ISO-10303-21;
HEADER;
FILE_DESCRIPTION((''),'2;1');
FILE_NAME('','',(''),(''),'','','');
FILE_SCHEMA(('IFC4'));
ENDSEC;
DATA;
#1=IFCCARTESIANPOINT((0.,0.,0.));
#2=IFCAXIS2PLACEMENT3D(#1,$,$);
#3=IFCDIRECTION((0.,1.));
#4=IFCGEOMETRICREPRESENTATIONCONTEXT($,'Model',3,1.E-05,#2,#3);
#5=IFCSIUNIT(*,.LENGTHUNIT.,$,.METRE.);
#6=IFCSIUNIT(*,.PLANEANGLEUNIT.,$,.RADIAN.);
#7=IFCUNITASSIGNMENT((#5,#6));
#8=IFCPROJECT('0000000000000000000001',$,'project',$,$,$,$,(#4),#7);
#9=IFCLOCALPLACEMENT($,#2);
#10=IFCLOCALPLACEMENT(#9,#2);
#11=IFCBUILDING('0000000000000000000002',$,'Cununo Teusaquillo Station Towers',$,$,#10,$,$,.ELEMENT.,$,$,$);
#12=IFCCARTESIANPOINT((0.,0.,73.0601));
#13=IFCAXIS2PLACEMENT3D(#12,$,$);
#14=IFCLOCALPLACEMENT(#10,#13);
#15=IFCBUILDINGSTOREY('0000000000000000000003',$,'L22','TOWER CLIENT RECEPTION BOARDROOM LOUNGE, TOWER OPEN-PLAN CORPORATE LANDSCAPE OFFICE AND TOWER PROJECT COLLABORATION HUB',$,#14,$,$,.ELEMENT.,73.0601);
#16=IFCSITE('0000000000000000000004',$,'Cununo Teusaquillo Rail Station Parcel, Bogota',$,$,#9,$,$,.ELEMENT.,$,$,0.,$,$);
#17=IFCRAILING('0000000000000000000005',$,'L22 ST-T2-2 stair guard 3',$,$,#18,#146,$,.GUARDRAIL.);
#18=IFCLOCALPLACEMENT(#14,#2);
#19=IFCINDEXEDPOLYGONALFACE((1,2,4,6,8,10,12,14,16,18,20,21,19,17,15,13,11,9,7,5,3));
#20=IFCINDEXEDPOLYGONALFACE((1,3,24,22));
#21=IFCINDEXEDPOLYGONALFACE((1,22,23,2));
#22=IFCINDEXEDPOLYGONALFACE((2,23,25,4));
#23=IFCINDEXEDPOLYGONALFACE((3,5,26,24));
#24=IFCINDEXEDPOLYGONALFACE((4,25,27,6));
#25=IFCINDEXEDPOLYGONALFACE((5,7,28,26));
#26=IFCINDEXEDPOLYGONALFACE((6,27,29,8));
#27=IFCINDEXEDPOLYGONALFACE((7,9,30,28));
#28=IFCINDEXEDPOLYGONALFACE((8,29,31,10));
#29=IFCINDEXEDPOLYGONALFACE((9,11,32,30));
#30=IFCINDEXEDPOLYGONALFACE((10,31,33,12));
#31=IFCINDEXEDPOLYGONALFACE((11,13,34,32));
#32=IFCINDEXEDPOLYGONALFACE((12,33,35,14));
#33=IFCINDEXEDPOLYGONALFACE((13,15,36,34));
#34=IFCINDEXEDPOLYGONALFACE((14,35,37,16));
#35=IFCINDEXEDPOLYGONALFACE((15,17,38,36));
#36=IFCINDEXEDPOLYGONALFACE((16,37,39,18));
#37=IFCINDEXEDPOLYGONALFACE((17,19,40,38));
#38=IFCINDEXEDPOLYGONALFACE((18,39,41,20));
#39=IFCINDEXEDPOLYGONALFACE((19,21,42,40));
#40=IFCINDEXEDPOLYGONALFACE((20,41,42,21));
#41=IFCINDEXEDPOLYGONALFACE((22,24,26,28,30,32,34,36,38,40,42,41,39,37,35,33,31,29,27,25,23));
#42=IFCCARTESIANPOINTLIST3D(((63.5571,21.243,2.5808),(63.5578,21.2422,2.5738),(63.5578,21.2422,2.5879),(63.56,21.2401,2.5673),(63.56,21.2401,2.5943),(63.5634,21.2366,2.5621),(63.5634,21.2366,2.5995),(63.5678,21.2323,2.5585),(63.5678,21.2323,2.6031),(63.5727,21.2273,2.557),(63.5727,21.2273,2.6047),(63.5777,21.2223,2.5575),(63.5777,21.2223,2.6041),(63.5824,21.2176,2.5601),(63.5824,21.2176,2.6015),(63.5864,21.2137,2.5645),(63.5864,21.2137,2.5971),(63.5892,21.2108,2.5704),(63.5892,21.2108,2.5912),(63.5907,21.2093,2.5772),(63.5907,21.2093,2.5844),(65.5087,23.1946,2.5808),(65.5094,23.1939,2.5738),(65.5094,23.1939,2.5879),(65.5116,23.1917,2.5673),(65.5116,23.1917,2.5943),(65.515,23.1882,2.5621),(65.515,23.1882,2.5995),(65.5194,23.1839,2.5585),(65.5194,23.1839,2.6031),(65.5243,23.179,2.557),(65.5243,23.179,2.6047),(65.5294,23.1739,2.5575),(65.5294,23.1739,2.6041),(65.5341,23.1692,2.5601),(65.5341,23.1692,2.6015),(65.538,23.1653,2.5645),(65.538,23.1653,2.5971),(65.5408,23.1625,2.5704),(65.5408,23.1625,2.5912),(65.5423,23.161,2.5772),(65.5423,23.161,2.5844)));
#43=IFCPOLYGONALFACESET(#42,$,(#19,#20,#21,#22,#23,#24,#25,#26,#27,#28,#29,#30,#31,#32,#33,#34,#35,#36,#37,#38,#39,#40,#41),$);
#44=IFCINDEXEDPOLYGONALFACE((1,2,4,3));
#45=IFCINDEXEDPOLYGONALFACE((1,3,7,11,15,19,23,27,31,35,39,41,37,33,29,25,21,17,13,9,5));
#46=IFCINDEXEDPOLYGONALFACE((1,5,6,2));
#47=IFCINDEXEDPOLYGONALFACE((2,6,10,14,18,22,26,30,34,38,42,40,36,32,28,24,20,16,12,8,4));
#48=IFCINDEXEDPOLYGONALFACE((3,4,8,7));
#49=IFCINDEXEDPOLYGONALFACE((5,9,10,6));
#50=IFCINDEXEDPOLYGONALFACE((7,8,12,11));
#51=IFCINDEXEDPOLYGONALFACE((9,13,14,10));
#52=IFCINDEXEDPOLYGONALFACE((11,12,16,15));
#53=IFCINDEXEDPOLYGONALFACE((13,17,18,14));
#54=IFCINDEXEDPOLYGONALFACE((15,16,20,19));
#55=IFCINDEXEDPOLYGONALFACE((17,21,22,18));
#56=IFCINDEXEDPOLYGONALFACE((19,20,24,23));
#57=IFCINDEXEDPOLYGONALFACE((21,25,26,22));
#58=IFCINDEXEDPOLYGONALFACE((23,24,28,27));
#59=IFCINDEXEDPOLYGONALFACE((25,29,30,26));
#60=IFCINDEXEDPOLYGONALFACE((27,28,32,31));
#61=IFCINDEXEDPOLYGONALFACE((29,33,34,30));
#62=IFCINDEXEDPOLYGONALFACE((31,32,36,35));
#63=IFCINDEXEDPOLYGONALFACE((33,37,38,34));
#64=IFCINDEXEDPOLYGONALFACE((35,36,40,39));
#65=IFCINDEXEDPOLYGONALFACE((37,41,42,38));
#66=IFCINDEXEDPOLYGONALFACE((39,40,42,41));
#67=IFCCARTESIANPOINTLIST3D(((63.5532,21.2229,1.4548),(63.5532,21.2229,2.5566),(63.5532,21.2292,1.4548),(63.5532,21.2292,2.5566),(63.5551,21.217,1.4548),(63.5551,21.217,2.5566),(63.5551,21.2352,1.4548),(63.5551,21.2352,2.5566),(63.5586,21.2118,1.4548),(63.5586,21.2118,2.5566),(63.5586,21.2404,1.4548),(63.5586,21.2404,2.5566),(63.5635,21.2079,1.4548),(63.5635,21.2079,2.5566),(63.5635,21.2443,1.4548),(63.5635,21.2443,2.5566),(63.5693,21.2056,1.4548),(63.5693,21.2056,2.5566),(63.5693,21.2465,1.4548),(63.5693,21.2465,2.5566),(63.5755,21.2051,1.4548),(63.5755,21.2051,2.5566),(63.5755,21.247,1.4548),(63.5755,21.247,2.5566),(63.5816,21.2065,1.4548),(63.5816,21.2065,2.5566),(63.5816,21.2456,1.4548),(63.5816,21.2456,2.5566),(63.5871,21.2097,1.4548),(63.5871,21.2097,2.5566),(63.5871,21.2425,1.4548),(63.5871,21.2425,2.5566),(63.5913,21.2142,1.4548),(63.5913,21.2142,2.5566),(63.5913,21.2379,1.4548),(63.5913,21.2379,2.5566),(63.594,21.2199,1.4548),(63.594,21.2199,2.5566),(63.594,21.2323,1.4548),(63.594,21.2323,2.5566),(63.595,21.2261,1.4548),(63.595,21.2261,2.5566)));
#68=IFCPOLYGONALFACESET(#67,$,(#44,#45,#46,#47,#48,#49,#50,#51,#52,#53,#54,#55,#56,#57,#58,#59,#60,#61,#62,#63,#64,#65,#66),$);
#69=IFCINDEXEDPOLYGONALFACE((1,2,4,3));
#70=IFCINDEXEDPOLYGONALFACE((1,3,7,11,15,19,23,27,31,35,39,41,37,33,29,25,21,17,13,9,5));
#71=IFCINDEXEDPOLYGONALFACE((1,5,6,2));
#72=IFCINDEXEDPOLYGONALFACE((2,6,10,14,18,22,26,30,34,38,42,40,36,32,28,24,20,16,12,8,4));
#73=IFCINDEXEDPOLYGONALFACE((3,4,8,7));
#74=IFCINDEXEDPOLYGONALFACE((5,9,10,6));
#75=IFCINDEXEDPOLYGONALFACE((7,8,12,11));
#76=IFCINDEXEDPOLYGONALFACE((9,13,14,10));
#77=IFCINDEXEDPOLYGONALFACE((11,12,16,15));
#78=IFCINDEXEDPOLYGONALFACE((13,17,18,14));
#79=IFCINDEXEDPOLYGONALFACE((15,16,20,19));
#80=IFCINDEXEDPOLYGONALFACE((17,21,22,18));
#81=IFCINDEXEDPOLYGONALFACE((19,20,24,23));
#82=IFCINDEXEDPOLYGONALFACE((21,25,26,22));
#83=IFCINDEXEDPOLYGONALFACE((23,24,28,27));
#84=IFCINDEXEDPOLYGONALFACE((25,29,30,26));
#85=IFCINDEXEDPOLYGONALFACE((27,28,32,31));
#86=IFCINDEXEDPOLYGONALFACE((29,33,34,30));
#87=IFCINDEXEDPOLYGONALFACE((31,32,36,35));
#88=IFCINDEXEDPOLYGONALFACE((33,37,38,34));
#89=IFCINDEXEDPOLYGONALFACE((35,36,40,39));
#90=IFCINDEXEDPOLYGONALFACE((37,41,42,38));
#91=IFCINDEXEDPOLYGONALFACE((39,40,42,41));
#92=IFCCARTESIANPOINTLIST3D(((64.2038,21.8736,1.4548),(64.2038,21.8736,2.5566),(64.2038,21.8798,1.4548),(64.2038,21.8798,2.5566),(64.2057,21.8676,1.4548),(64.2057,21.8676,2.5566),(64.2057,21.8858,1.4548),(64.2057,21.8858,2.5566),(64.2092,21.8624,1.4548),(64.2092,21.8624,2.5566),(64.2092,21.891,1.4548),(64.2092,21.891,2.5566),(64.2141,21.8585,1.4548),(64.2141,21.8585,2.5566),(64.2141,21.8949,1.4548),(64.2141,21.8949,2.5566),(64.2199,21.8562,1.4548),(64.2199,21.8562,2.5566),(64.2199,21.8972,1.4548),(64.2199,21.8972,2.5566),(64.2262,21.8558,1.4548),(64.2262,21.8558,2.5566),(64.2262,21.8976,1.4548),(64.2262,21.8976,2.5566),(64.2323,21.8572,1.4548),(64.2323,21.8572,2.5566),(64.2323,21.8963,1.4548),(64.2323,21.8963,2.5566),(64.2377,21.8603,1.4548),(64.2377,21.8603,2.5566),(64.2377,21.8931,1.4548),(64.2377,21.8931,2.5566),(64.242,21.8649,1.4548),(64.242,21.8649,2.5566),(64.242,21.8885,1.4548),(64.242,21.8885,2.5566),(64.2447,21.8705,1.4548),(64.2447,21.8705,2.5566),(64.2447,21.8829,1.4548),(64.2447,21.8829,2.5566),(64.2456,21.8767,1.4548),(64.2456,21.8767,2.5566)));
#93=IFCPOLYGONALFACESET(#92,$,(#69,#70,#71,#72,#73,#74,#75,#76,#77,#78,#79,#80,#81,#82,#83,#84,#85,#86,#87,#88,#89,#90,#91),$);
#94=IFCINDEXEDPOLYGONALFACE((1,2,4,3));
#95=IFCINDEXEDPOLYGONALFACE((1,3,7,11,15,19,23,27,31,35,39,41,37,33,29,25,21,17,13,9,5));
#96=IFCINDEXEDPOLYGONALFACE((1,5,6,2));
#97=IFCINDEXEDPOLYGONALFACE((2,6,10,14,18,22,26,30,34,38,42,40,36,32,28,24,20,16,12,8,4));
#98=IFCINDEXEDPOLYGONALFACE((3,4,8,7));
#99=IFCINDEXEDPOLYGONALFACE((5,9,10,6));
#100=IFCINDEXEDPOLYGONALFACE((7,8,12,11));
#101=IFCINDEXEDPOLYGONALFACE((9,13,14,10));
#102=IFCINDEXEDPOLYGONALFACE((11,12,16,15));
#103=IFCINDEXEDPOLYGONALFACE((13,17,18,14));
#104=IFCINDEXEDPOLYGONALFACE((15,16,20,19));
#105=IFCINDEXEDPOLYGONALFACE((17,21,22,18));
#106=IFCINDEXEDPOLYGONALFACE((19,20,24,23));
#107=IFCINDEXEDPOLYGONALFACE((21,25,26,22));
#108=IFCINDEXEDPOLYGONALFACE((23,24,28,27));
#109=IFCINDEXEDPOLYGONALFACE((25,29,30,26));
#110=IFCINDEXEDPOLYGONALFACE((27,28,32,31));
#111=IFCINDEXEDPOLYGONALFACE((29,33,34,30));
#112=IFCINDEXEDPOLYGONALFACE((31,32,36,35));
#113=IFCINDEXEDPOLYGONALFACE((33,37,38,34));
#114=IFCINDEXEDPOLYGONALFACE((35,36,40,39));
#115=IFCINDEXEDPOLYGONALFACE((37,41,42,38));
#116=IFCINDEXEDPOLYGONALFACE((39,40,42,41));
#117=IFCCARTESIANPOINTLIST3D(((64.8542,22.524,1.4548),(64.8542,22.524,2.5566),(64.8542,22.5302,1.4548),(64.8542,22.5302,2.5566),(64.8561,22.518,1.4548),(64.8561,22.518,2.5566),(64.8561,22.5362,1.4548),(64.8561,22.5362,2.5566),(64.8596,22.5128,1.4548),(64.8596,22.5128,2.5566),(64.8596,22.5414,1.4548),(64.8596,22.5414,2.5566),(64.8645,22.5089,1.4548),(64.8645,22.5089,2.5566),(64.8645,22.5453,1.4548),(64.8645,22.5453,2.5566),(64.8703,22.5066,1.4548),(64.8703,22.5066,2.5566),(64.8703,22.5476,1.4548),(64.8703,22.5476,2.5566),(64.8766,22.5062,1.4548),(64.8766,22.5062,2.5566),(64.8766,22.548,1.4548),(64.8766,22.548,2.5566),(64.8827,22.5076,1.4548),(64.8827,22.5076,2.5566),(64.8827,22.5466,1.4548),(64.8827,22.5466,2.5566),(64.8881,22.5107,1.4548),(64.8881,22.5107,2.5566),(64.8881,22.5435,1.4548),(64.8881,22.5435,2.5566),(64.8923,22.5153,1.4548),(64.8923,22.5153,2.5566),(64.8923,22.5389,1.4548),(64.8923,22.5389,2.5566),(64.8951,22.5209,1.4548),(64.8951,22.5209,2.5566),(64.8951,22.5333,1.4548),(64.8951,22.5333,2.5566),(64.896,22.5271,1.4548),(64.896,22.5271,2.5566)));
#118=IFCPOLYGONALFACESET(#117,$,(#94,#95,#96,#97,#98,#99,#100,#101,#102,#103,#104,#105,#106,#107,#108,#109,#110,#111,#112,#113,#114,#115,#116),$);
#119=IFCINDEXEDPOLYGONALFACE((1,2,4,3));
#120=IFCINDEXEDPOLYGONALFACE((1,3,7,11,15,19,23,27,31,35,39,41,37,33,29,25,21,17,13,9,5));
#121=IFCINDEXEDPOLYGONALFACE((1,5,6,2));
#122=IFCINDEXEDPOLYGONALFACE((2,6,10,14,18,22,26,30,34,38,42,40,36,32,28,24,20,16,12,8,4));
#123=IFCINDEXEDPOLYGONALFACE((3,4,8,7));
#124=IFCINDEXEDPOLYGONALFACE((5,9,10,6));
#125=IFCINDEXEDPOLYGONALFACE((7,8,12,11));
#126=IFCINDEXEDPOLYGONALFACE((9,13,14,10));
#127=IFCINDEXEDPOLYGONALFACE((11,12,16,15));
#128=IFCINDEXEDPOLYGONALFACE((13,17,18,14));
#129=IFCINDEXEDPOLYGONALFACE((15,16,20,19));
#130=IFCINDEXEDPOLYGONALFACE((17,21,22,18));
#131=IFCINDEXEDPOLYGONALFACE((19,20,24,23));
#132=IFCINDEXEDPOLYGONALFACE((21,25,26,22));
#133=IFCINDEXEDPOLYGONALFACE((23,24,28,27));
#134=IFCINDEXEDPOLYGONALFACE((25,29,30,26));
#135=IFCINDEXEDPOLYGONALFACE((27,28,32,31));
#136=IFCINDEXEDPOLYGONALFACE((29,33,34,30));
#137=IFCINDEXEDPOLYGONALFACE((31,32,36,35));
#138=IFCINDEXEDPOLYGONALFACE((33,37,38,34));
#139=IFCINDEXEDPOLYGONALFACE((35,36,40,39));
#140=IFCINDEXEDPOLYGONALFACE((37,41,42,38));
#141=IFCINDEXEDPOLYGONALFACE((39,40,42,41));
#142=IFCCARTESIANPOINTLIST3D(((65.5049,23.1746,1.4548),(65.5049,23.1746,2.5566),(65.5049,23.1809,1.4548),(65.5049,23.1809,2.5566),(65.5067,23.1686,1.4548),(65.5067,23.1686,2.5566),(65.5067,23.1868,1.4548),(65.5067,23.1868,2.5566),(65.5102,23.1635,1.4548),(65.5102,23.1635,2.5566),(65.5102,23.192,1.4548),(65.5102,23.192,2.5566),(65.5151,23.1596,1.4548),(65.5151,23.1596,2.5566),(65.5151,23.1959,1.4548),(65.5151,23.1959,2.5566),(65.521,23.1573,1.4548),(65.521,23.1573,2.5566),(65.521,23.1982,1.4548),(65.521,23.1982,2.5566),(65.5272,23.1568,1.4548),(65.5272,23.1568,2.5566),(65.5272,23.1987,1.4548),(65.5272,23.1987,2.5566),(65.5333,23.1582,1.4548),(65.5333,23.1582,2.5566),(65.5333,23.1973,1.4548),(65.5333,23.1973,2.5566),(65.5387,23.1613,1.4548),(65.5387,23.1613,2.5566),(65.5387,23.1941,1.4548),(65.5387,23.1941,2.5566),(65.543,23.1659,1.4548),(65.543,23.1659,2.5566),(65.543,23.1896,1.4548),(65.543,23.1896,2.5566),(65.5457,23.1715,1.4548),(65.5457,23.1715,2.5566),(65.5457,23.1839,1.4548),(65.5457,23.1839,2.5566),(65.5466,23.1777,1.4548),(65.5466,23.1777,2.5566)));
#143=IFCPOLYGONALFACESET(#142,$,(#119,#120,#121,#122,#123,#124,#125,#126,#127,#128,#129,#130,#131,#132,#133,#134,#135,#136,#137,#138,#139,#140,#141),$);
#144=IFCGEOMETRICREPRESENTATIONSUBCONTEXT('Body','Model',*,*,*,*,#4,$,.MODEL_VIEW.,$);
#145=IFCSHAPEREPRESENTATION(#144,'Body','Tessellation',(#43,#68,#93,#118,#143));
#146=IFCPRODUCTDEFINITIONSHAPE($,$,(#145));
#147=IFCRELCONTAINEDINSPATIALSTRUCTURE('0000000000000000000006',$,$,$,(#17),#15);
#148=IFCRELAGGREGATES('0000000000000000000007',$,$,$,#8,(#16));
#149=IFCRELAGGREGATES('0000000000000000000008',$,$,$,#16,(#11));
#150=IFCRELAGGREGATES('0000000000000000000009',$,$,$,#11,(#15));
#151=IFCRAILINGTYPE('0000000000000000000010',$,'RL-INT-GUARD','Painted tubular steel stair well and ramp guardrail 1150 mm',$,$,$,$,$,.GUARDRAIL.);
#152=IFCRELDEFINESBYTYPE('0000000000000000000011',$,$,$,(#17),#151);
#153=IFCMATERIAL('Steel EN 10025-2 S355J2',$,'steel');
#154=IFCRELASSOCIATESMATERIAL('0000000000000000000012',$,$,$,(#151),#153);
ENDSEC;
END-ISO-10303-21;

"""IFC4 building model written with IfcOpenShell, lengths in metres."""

from ifc_helpers import new_model, si_unit, direction, frame, origin, origin_2d, place, context, subcontext, project, spatial, circle, extrude, material, type_object, element, save


model = new_model("IFC4")

# Units and contexts
model_context = context("Model", 3, precision=1e-05, world=origin(), true_north=direction((0.0, 1.0)))
body_context = subcontext(model_context, "Body", "Model", "MODEL_VIEW")
ifc_project = project(units=[si_unit("LENGTHUNIT", "METRE"), si_unit("PLANEANGLEUNIT", "RADIAN")], contexts=[model_context])

# Site, building, storey
site_placement = place(None, origin())
site = spatial("IfcSite", under=ifc_project, at=site_placement, Name="Cununo Teusaquillo Rail Station Parcel, Bogota", CompositionType="ELEMENT", RefElevation=0.0)
building_placement = place(site_placement, origin())
building = spatial("IfcBuilding", under=site, at=building_placement, Name="Cununo Teusaquillo Station Towers", CompositionType="ELEMENT")
storey_placement = place(building_placement, frame((0.0, 0.0, 73.0601)))
storey = spatial("IfcBuildingStorey", under=building, at=storey_placement, Name="L22", Description="TOWER CLIENT RECEPTION BOARDROOM LOUNGE, TOWER OPEN-PLAN CORPORATE LANDSCAPE OFFICE AND TOWER PROJECT COLLABORATION HUB", CompositionType="ELEMENT", Elevation=73.0601)

# Railing
ifc_material_1 = material(Name="Steel EN 10025-2 S355J2", Category="steel")
railing_type = type_object("IfcRailingType", Name="RL-INT-GUARD", Description="Painted tubular steel stair well and ramp guardrail 1150 mm", PredefinedType="GUARDRAIL", material=ifc_material_1)
railing_1_placement = place(storey_placement, frame((63.574, 21.2261, 1.4548)))
element("IfcRailing", 1, at=railing_1_placement, inside=storey, type_object=railing_type, Name="L22 ST-T2-2 stair guard 3", PredefinedType="GUARDRAIL", context=body_context, shape_type="SweptSolid", body=[
    extrude(circle(Radius=0.0239, at=origin_2d()), frame((0.0, 0.0, 1.126), z_axis=(0.707107, 0.707107, 0.0), x_axis=(-0.707107, 0.707107, 0.0)), (0.0, 0.0, 1.0), 2.76),
    extrude(circle(Radius=0.021, at=origin_2d()), origin(), (0.0, 0.0, 1.0), 1.1018),
    extrude(circle(Radius=0.021, at=origin_2d()), frame((0.6506, 0.6506, 0.0)), (0.0, 0.0, 1.0), 1.1018),
    extrude(circle(Radius=0.021, at=origin_2d()), frame((1.301, 1.301, 0.0)), (0.0, 0.0, 1.0), 1.1018),
    extrude(circle(Radius=0.021, at=origin_2d()), frame((1.9517, 1.9517, 0.0)), (0.0, 0.0, 1.0), 1.1018),
])

save(model, "model.ifc")
